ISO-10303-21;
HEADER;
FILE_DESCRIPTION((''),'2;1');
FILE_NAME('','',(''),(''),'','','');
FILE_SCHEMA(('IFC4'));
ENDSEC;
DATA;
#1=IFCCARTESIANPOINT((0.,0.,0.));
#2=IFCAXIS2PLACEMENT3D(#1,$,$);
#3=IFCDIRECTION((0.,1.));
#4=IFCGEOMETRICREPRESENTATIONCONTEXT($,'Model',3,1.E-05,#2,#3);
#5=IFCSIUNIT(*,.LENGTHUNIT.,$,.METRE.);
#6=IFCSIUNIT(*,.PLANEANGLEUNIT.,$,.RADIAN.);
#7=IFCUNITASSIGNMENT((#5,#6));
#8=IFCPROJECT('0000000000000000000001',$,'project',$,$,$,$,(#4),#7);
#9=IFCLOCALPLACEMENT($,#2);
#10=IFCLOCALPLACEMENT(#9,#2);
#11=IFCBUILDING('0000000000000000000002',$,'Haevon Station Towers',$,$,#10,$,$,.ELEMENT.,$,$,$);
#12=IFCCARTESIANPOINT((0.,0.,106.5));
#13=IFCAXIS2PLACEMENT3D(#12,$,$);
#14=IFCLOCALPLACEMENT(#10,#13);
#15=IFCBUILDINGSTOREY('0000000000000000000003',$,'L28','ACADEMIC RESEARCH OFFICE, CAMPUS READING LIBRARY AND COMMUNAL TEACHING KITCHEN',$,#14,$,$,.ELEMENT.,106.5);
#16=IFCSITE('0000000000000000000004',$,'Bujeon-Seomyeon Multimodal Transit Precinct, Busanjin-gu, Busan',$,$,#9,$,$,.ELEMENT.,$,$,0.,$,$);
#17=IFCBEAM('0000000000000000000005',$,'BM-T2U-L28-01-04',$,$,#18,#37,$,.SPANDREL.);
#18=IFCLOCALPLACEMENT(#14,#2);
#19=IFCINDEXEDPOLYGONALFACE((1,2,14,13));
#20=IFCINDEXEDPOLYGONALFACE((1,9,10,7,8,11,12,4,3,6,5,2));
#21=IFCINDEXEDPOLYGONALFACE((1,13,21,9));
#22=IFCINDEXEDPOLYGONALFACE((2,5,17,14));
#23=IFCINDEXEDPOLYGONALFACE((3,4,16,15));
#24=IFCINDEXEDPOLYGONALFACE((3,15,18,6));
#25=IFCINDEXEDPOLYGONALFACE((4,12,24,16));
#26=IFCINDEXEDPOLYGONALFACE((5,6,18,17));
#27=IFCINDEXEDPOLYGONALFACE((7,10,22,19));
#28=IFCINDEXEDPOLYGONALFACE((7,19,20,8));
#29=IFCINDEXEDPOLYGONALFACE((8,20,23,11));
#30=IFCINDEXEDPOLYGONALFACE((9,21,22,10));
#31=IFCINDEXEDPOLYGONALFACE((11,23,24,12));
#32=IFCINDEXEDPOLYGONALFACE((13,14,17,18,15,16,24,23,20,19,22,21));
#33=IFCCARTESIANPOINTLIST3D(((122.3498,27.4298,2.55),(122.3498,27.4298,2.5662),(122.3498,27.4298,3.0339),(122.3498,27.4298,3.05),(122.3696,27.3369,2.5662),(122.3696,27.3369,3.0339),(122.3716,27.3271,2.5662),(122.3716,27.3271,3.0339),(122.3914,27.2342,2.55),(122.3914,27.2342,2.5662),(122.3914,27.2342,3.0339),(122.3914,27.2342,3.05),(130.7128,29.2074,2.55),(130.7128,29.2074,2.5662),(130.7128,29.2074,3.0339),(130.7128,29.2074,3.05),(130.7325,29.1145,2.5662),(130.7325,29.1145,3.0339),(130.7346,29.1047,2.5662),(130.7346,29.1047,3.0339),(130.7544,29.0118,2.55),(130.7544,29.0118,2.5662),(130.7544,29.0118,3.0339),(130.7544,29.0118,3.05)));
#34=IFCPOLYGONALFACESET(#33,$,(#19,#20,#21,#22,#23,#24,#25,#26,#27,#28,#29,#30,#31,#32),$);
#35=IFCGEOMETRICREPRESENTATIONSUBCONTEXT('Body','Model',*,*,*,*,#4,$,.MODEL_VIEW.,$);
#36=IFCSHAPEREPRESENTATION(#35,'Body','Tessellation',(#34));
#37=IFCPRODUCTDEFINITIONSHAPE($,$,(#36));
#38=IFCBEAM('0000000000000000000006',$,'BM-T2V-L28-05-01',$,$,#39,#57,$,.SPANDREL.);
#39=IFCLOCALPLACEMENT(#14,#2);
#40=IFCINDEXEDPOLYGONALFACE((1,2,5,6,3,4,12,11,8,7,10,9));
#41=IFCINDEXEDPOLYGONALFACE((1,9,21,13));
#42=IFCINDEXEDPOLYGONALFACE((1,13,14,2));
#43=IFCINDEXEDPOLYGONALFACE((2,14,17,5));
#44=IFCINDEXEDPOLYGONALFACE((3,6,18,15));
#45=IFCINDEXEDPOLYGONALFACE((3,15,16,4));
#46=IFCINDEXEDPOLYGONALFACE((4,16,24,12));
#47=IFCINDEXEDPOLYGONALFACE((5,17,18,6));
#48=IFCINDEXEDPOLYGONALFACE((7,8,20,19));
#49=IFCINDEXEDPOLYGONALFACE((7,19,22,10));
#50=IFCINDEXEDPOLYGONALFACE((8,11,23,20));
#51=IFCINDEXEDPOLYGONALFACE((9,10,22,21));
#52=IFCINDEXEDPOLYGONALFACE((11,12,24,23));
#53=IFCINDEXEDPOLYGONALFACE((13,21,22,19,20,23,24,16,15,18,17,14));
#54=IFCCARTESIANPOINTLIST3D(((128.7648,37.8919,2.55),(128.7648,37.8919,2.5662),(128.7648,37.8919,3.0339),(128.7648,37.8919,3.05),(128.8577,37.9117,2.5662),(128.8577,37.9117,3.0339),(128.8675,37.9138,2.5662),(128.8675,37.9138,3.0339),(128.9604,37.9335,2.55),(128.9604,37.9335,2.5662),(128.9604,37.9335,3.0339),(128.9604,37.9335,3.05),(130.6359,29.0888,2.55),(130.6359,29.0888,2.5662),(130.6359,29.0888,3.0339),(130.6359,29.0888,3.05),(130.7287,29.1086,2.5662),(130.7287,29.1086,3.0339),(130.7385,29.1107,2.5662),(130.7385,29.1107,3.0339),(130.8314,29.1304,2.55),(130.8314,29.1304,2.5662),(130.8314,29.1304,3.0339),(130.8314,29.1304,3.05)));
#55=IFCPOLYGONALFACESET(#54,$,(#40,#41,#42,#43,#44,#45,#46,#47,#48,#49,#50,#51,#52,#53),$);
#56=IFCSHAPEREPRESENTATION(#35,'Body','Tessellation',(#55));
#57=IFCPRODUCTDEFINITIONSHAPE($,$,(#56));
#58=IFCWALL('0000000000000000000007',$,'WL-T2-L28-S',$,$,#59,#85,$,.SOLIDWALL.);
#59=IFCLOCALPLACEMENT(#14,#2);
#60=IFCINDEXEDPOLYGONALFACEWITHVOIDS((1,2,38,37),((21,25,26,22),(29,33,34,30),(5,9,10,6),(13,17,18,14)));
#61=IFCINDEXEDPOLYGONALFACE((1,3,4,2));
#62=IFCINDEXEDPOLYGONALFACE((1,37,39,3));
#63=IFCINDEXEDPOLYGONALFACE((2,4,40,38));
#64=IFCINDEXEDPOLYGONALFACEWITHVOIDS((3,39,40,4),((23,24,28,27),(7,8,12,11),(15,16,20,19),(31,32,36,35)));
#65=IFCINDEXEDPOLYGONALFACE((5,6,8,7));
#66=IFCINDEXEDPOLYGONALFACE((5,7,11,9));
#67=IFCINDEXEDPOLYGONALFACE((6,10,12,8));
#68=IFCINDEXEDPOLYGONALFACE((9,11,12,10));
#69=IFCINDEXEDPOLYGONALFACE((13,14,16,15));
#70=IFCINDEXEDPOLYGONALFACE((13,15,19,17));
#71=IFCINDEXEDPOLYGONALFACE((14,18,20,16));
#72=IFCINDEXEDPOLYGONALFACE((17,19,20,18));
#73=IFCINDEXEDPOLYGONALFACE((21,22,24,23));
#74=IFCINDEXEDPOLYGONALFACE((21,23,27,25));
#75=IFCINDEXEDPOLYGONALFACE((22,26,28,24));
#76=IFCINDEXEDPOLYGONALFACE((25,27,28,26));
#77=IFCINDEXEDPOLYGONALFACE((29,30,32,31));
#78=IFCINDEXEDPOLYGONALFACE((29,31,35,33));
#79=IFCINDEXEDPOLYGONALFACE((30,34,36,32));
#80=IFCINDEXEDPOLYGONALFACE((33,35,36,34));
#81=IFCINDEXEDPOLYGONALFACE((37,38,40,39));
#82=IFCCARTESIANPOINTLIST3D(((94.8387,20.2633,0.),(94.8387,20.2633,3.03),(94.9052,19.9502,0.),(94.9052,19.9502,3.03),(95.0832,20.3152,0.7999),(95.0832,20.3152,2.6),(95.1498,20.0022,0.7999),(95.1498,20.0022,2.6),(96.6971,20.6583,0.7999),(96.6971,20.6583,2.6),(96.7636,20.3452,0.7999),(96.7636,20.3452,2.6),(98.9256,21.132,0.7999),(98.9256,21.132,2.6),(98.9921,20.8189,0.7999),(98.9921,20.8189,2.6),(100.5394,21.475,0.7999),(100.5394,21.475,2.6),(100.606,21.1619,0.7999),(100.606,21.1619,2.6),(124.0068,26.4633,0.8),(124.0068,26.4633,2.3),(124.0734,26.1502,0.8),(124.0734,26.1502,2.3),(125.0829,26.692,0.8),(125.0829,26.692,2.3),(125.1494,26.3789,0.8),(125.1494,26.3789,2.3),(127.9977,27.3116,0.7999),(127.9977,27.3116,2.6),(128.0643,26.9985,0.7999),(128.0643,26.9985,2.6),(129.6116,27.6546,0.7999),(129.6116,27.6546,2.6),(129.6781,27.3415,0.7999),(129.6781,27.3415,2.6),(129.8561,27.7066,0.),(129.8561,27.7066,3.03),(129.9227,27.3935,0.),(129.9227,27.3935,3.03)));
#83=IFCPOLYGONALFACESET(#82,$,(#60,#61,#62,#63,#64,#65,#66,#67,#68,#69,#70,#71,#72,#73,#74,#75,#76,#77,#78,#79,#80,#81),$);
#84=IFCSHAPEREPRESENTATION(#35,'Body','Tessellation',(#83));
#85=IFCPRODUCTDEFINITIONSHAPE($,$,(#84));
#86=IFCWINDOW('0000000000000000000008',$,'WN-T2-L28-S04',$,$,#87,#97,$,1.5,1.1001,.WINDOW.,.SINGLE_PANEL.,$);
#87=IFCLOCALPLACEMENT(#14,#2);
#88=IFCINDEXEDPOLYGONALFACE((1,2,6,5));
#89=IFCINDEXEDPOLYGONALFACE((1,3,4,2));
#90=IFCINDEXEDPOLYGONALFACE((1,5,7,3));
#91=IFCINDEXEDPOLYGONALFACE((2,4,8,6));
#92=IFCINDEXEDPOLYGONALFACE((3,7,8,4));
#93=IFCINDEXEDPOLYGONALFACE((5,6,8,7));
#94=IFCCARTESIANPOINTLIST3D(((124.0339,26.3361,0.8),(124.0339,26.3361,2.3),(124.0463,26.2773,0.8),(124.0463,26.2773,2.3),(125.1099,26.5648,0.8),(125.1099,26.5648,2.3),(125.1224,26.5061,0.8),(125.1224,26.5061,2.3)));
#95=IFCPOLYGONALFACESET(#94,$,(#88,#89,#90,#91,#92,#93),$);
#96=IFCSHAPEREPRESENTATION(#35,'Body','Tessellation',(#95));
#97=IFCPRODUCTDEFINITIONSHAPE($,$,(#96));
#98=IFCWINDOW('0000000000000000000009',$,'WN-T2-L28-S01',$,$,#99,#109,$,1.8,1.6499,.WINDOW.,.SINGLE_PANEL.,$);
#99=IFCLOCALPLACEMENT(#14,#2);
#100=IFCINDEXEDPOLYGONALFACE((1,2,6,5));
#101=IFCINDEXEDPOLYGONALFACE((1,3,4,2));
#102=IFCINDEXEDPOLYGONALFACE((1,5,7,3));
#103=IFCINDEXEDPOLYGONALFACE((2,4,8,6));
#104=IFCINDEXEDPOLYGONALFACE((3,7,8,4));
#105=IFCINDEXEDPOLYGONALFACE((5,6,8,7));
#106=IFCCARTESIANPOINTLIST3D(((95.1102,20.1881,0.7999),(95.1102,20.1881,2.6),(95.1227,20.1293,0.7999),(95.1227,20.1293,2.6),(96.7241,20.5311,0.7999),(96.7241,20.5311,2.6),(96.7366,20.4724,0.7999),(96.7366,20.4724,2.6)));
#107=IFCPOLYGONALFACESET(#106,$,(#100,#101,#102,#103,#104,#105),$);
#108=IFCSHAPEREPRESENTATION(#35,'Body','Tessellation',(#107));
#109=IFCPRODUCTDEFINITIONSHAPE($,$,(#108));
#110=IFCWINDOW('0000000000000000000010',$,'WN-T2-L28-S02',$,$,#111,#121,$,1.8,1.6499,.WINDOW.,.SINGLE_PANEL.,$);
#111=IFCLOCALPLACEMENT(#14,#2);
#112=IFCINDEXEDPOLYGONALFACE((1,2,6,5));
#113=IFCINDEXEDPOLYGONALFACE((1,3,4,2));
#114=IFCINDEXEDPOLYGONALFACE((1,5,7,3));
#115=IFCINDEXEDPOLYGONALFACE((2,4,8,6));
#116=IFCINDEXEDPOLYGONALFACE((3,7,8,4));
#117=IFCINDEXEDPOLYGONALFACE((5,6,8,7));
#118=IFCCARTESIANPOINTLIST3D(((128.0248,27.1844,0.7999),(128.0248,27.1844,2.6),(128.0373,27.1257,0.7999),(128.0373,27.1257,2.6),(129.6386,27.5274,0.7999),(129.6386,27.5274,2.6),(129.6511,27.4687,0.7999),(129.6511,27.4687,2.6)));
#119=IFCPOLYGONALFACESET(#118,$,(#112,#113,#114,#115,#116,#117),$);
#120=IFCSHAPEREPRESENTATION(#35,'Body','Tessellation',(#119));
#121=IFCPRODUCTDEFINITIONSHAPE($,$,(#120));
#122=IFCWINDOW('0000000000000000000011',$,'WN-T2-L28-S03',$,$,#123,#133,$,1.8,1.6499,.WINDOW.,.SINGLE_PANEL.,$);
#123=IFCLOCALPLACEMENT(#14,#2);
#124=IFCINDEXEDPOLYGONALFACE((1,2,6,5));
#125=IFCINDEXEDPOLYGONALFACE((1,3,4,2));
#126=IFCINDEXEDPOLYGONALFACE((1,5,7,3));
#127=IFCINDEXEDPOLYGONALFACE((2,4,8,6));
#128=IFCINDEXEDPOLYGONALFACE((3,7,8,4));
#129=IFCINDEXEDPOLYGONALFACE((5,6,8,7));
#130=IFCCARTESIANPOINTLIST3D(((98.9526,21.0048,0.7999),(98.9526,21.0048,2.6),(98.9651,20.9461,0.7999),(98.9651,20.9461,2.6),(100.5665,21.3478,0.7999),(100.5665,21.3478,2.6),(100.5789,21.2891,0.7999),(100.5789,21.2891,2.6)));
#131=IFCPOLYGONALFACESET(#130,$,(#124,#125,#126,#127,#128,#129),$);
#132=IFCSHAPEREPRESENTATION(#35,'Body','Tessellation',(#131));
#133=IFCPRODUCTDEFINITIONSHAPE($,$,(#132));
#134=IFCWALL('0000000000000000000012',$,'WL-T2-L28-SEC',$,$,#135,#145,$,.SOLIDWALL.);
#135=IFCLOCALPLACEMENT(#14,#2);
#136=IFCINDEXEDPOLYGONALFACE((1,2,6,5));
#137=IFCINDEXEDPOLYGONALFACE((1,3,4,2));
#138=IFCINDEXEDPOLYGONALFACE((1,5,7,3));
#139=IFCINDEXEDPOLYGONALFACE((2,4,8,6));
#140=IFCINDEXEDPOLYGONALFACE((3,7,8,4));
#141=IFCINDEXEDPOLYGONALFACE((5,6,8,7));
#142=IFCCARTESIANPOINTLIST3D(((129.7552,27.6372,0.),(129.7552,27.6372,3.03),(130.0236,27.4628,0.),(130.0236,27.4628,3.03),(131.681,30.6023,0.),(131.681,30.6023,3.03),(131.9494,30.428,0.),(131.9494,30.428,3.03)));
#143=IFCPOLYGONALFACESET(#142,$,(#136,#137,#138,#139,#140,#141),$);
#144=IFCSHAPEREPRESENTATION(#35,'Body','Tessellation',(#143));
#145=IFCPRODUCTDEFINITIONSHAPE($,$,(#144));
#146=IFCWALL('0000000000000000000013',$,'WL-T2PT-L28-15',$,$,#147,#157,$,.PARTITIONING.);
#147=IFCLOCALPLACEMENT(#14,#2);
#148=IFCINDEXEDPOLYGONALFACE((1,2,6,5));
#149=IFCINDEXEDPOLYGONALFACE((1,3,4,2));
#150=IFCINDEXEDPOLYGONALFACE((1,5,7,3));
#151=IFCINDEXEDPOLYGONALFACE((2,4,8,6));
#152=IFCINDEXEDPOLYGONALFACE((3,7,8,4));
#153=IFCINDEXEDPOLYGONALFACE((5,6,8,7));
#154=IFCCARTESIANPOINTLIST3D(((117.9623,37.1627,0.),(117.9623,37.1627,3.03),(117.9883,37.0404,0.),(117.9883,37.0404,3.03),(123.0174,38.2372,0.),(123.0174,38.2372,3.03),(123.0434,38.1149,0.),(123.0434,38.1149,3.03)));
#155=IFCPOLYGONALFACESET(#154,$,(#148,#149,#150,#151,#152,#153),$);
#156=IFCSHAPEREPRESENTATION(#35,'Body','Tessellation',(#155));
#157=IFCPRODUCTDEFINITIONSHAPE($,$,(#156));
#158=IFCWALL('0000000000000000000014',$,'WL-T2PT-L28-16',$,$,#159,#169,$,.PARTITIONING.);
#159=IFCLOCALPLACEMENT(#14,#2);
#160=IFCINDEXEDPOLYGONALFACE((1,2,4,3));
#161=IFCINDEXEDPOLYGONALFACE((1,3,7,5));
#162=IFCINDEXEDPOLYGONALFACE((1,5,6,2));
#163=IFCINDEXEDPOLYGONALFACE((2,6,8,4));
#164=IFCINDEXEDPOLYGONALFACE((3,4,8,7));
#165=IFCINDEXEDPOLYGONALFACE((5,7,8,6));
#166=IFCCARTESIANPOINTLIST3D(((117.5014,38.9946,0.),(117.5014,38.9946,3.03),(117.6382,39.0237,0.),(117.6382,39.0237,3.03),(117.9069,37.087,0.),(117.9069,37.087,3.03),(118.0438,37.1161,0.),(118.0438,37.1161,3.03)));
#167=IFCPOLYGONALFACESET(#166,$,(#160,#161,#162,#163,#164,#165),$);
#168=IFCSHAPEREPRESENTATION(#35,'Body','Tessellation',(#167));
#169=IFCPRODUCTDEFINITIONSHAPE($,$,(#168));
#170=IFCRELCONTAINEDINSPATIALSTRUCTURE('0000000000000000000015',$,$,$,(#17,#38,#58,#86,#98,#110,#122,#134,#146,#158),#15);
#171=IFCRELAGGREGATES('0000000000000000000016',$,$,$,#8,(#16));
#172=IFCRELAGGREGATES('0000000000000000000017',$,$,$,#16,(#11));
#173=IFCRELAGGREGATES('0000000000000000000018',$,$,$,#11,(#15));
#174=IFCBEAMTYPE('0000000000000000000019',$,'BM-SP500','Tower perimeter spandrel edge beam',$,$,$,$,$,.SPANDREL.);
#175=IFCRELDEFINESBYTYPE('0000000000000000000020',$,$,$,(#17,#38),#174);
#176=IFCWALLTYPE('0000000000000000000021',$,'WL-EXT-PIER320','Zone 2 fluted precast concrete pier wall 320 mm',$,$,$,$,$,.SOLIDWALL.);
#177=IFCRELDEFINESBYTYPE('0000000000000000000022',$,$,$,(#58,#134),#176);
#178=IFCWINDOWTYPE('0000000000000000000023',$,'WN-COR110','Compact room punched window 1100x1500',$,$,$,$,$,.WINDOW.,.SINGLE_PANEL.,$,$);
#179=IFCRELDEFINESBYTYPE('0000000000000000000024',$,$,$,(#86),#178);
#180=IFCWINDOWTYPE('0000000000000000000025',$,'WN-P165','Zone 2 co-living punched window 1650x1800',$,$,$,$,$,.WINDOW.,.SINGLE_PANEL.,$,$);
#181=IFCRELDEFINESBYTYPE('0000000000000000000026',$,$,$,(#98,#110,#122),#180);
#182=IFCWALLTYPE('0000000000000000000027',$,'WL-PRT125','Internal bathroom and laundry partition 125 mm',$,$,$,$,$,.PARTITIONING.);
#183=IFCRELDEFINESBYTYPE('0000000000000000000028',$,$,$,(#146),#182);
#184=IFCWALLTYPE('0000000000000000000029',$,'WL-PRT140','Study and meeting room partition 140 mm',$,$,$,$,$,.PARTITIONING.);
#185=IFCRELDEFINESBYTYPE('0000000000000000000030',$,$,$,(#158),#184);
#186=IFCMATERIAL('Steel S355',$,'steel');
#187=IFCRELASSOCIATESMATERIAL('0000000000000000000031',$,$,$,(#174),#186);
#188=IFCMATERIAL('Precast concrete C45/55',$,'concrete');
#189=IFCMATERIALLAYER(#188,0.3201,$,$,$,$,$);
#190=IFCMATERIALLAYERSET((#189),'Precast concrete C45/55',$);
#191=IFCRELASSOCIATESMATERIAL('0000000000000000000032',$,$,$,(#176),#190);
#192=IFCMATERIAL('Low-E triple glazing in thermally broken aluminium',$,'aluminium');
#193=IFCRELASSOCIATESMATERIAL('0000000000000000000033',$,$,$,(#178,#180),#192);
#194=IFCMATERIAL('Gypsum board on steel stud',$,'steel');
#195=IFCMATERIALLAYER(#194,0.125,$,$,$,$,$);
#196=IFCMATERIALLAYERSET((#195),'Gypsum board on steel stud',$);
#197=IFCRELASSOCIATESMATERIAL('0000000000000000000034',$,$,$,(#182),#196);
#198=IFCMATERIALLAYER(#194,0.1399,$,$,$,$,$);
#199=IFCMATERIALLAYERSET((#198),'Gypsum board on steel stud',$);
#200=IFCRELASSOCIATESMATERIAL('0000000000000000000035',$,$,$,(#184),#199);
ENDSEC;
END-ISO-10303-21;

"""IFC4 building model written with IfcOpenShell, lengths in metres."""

from ifc_helpers import new_model, si_unit, direction, frame, frame_2d, origin, origin_2d, place, context, subcontext, project, spatial, rectangle, i_section, extrude, material, layer, layer_set, material_profile, profile_set, type_object, element, fill, save


model = new_model("IFC4")

# Units and contexts
model_context = context("Model", 3, precision=1e-05, world=origin(), true_north=direction((0.0, 1.0)))
body_context = subcontext(model_context, "Body", "Model", "MODEL_VIEW")
ifc_project = project(units=[si_unit("LENGTHUNIT", "METRE"), si_unit("PLANEANGLEUNIT", "RADIAN")], contexts=[model_context])

# Site, building, storey
site_placement = place(None, origin())
site = spatial("IfcSite", under=ifc_project, at=site_placement, Name="Bujeon-Seomyeon Multimodal Transit Precinct, Busanjin-gu, Busan", CompositionType="ELEMENT", RefElevation=0.0)
building_placement = place(site_placement, origin())
building = spatial("IfcBuilding", under=site, at=building_placement, Name="Haevon Station Towers", CompositionType="ELEMENT")
storey_placement = place(building_placement, frame((0.0, 0.0, 106.5)))
storey = spatial("IfcBuildingStorey", under=building, at=storey_placement, Name="L28", Description="ACADEMIC RESEARCH OFFICE, CAMPUS READING LIBRARY AND COMMUNAL TEACHING KITCHEN", CompositionType="ELEMENT", Elevation=106.5)

# Beams
ifc_material_1 = material(Name="Steel S355", Category="steel")
ifc_material_profile_1 = material_profile(ifc_material_1, i_section(OverallWidth=0.2, OverallDepth=0.5, WebThickness=0.01, FlangeThickness=0.0161, at=origin_2d()), Name="H-500x200x10x16")
ifc_profile_set_1 = profile_set([ifc_material_profile_1], Name="Steel S355")
beam_type_1 = type_object("IfcBeamType", Name="BM-SP500", Description="Tower perimeter spandrel edge beam", PredefinedType="SPANDREL", material=ifc_profile_set_1)
beam_1_placement = place(storey_placement, frame((122.3706, 27.332, 2.8), z_axis=(0.978148, 0.207908, 0.0), x_axis=(-0.207908, 0.978148, 0.0)))
element("IfcBeam", 1, at=beam_1_placement, inside=storey, type_object=beam_type_1, Name="BM-T2U-L28-01-04", PredefinedType="SPANDREL", context=body_context, shape_type="SweptSolid", body=[
    extrude(i_section(OverallWidth=0.2, OverallDepth=0.5, WebThickness=0.01, FlangeThickness=0.0161, at=origin_2d()), origin(), (0.0, 0.0, 1.0), 8.5498),
])
beam_2_placement = place(storey_placement, frame((130.7336, 29.1096, 2.8), z_axis=(-0.207902, 0.97815, 0.0), x_axis=(-0.97815, -0.207902, 0.0)))
element("IfcBeam", 2, at=beam_2_placement, inside=storey, type_object=beam_type_1, Name="BM-T2V-L28-05-01", PredefinedType="SPANDREL", context=body_context, shape_type="SweptSolid", body=[
    extrude(i_section(OverallWidth=0.2, OverallDepth=0.5, WebThickness=0.01, FlangeThickness=0.0161, at=origin_2d()), origin(), (0.0, 0.0, 1.0), 8.9998),
])

# Wall, openings, windows
ifc_material_2 = material(Name="Precast concrete C45/55", Category="concrete")
ifc_layer_1 = layer(ifc_material_2, 0.3201)
ifc_layer_set_1 = layer_set([ifc_layer_1], Name="Precast concrete C45/55")
wall_type_1 = type_object("IfcWallType", Name="WL-EXT-PIER320", Description="Zone 2 fluted precast concrete pier wall 320 mm", PredefinedType="SOLIDWALL", material=ifc_layer_set_1)
wall_1_placement = place(storey_placement, frame((129.8894, 27.55, 0.0), z_axis=(0.0, 0.0, 1.0), x_axis=(-0.978147, -0.207916, 0.0)))
wall_1 = element("IfcWall", 3, at=wall_1_placement, inside=storey, type_object=wall_type_1, Name="WL-T2-L28-S", PredefinedType="SOLIDWALL", context=body_context, shape_type="SweptSolid", body=[
    extrude(rectangle(XDim=35.7998, YDim=0.3201, at=frame_2d((17.8999, 0.0))), origin(), (0.0, 0.0, 1.0), 3.03),
])
opening_1_placement = place(wall_1_placement, frame((33.8999, 0.0, 0.8)))
opening_1 = element("IfcOpeningElement", 4, at=opening_1_placement, cuts=wall_1, PredefinedType="OPENING", context=body_context, shape_type="SweptSolid", body=[
    extrude(rectangle(XDim=1.6499, YDim=1.8, at=frame_2d((0.825, 0.8999))), frame((0.0, 0.1699, 0.0), z_axis=(0.0, -1.0, 0.0), x_axis=(1.0, 0.0, 0.0)), (0.0, 0.0, 1.0), 0.3401),
])
opening_2_placement = place(wall_1_placement, frame((0.25, 0.0, 0.8)))
opening_2 = element("IfcOpeningElement", 5, at=opening_2_placement, cuts=wall_1, PredefinedType="OPENING", context=body_context, shape_type="SweptSolid", body=[
    extrude(rectangle(XDim=1.6499, YDim=1.8, at=frame_2d((0.825, 0.8999))), frame((0.0, 0.1699, 0.0), z_axis=(0.0, -1.0, 0.0), x_axis=(1.0, 0.0, 0.0)), (0.0, 0.0, 1.0), 0.3401),
])
opening_3_placement = place(wall_1_placement, frame((29.9717, 0.0, 0.8)))
opening_3 = element("IfcOpeningElement", 6, at=opening_3_placement, cuts=wall_1, PredefinedType="OPENING", context=body_context, shape_type="SweptSolid", body=[
    extrude(rectangle(XDim=1.6499, YDim=1.8, at=frame_2d((0.825, 0.8999))), frame((0.0, 0.1699, 0.0), z_axis=(0.0, -1.0, 0.0), x_axis=(1.0, 0.0, 0.0)), (0.0, 0.0, 1.0), 0.3401),
])
opening_4_placement = place(wall_1_placement, frame((4.8799, 0.0, 0.8)))
opening_4 = element("IfcOpeningElement", 7, at=opening_4_placement, cuts=wall_1, PredefinedType="OPENING", context=body_context, shape_type="SweptSolid", body=[
    extrude(rectangle(XDim=1.1001, YDim=1.5, at=frame_2d((0.55, 0.75))), frame((0.0, 0.1699, 0.0), z_axis=(0.0, -1.0, 0.0), x_axis=(1.0, 0.0, 0.0)), (0.0, 0.0, 1.0), 0.3401),
])
ifc_material_3 = material(Name="Low-E triple glazing in thermally broken aluminium", Category="aluminium")
window_type_1 = type_object("IfcWindowType", Name="WN-COR110", Description="Compact room punched window 1100x1500", PartitioningType="SINGLE_PANEL", PredefinedType="WINDOW", material=ifc_material_3)
window_1_placement = place(opening_4_placement, origin())
window_1 = element("IfcWindow", 8, at=window_1_placement, inside=storey, type_object=window_type_1, Name="WN-T2-L28-S04", OverallHeight=1.5, OverallWidth=1.1001, PartitioningType="SINGLE_PANEL", PredefinedType="WINDOW", context=body_context, shape_type="SweptSolid", body=[
    extrude(rectangle(XDim=1.1001, YDim=1.5, at=frame_2d((0.55, 0.75))), frame((0.0, 0.03, 0.0), z_axis=(0.0, -1.0, 0.0), x_axis=(1.0, 0.0, 0.0)), (0.0, 0.0, 1.0), 0.0601),
])
fill(opening_4, window_1)
window_type_2 = type_object("IfcWindowType", Name="WN-P165", Description="Zone 2 co-living punched window 1650x1800", PartitioningType="SINGLE_PANEL", PredefinedType="WINDOW", material=ifc_material_3)
window_2_placement = place(opening_1_placement, origin())
window_2 = element("IfcWindow", 9, at=window_2_placement, inside=storey, type_object=window_type_2, Name="WN-T2-L28-S01", OverallHeight=1.8, OverallWidth=1.6499, PartitioningType="SINGLE_PANEL", PredefinedType="WINDOW", context=body_context, shape_type="SweptSolid", body=[
    extrude(rectangle(XDim=1.6499, YDim=1.8, at=frame_2d((0.825, 0.8999))), frame((0.0, 0.03, 0.0), z_axis=(0.0, -1.0, 0.0), x_axis=(1.0, 0.0, 0.0)), (0.0, 0.0, 1.0), 0.0601),
])
fill(opening_1, window_2)
window_3_placement = place(opening_2_placement, origin())
window_3 = element("IfcWindow", 10, at=window_3_placement, inside=storey, type_object=window_type_2, Name="WN-T2-L28-S02", OverallHeight=1.8, OverallWidth=1.6499, PartitioningType="SINGLE_PANEL", PredefinedType="WINDOW", context=body_context, shape_type="SweptSolid", body=[
    extrude(rectangle(XDim=1.6499, YDim=1.8, at=frame_2d((0.825, 0.8999))), frame((0.0, 0.03, 0.0), z_axis=(0.0, -1.0, 0.0), x_axis=(1.0, 0.0, 0.0)), (0.0, 0.0, 1.0), 0.0601),
])
fill(opening_2, window_3)
window_4_placement = place(opening_3_placement, origin())
window_4 = element("IfcWindow", 11, at=window_4_placement, inside=storey, type_object=window_type_2, Name="WN-T2-L28-S03", OverallHeight=1.8, OverallWidth=1.6499, PartitioningType="SINGLE_PANEL", PredefinedType="WINDOW", context=body_context, shape_type="SweptSolid", body=[
    extrude(rectangle(XDim=1.6499, YDim=1.8, at=frame_2d((0.825, 0.8999))), frame((0.0, 0.03, 0.0), z_axis=(0.0, -1.0, 0.0), x_axis=(1.0, 0.0, 0.0)), (0.0, 0.0, 1.0), 0.0601),
])
fill(opening_3, window_4)

# Walls
wall_2_placement = place(storey_placement, frame((131.8152, 30.5151, 0.0), z_axis=(0.0, 0.0, 1.0), x_axis=(-0.544685, -0.838641, 0.0)))
element("IfcWall", 12, at=wall_2_placement, inside=storey, type_object=wall_type_1, Name="WL-T2-L28-SEC", PredefinedType="SOLIDWALL", context=body_context, shape_type="SweptSolid", body=[
    extrude(rectangle(XDim=3.5356, YDim=0.3201, at=frame_2d((1.7678, 0.0))), origin(), (0.0, 0.0, 1.0), 3.03),
])
ifc_material_4 = material(Name="Gypsum board on steel stud", Category="steel")
ifc_layer_2 = layer(ifc_material_4, 0.125)
ifc_layer_set_2 = layer_set([ifc_layer_2], Name="Gypsum board on steel stud")
wall_type_2 = type_object("IfcWallType", Name="WL-PRT125", Description="Internal bathroom and laundry partition 125 mm", PredefinedType="PARTITIONING", material=ifc_layer_set_2)
wall_3_placement = place(storey_placement, frame((117.9753, 37.1016, 0.0), z_axis=(0.0, 0.0, 1.0), x_axis=(0.978147, 0.207912, 0.0)))
element("IfcWall", 13, at=wall_3_placement, inside=storey, type_object=wall_type_2, Name="WL-T2PT-L28-15", PredefinedType="PARTITIONING", context=body_context, shape_type="SweptSolid", body=[
    extrude(rectangle(XDim=5.168, YDim=0.125, at=frame_2d((2.584, 0.0))), origin(), (0.0, 0.0, 1.0), 3.03),
])
ifc_layer_3 = layer(ifc_material_4, 0.1399)
ifc_layer_set_3 = layer_set([ifc_layer_3], Name="Gypsum board on steel stud")
wall_type_3 = type_object("IfcWallType", Name="WL-PRT140", Description="Study and meeting room partition 140 mm", PredefinedType="PARTITIONING", material=ifc_layer_set_3)
wall_4_placement = place(storey_placement, frame((117.9753, 37.1016, 0.0), z_axis=(0.0, 0.0, 1.0), x_axis=(-0.207947, 0.97814, 0.0)))
element("IfcWall", 14, at=wall_4_placement, inside=storey, type_object=wall_type_3, Name="WL-T2PT-L28-16", PredefinedType="PARTITIONING", context=body_context, shape_type="SweptSolid", body=[
    extrude(rectangle(XDim=1.9502, YDim=0.1399, at=frame_2d((0.9751, 0.0))), origin(), (0.0, 0.0, 1.0), 3.03),
])

save(model, "model.ifc")
